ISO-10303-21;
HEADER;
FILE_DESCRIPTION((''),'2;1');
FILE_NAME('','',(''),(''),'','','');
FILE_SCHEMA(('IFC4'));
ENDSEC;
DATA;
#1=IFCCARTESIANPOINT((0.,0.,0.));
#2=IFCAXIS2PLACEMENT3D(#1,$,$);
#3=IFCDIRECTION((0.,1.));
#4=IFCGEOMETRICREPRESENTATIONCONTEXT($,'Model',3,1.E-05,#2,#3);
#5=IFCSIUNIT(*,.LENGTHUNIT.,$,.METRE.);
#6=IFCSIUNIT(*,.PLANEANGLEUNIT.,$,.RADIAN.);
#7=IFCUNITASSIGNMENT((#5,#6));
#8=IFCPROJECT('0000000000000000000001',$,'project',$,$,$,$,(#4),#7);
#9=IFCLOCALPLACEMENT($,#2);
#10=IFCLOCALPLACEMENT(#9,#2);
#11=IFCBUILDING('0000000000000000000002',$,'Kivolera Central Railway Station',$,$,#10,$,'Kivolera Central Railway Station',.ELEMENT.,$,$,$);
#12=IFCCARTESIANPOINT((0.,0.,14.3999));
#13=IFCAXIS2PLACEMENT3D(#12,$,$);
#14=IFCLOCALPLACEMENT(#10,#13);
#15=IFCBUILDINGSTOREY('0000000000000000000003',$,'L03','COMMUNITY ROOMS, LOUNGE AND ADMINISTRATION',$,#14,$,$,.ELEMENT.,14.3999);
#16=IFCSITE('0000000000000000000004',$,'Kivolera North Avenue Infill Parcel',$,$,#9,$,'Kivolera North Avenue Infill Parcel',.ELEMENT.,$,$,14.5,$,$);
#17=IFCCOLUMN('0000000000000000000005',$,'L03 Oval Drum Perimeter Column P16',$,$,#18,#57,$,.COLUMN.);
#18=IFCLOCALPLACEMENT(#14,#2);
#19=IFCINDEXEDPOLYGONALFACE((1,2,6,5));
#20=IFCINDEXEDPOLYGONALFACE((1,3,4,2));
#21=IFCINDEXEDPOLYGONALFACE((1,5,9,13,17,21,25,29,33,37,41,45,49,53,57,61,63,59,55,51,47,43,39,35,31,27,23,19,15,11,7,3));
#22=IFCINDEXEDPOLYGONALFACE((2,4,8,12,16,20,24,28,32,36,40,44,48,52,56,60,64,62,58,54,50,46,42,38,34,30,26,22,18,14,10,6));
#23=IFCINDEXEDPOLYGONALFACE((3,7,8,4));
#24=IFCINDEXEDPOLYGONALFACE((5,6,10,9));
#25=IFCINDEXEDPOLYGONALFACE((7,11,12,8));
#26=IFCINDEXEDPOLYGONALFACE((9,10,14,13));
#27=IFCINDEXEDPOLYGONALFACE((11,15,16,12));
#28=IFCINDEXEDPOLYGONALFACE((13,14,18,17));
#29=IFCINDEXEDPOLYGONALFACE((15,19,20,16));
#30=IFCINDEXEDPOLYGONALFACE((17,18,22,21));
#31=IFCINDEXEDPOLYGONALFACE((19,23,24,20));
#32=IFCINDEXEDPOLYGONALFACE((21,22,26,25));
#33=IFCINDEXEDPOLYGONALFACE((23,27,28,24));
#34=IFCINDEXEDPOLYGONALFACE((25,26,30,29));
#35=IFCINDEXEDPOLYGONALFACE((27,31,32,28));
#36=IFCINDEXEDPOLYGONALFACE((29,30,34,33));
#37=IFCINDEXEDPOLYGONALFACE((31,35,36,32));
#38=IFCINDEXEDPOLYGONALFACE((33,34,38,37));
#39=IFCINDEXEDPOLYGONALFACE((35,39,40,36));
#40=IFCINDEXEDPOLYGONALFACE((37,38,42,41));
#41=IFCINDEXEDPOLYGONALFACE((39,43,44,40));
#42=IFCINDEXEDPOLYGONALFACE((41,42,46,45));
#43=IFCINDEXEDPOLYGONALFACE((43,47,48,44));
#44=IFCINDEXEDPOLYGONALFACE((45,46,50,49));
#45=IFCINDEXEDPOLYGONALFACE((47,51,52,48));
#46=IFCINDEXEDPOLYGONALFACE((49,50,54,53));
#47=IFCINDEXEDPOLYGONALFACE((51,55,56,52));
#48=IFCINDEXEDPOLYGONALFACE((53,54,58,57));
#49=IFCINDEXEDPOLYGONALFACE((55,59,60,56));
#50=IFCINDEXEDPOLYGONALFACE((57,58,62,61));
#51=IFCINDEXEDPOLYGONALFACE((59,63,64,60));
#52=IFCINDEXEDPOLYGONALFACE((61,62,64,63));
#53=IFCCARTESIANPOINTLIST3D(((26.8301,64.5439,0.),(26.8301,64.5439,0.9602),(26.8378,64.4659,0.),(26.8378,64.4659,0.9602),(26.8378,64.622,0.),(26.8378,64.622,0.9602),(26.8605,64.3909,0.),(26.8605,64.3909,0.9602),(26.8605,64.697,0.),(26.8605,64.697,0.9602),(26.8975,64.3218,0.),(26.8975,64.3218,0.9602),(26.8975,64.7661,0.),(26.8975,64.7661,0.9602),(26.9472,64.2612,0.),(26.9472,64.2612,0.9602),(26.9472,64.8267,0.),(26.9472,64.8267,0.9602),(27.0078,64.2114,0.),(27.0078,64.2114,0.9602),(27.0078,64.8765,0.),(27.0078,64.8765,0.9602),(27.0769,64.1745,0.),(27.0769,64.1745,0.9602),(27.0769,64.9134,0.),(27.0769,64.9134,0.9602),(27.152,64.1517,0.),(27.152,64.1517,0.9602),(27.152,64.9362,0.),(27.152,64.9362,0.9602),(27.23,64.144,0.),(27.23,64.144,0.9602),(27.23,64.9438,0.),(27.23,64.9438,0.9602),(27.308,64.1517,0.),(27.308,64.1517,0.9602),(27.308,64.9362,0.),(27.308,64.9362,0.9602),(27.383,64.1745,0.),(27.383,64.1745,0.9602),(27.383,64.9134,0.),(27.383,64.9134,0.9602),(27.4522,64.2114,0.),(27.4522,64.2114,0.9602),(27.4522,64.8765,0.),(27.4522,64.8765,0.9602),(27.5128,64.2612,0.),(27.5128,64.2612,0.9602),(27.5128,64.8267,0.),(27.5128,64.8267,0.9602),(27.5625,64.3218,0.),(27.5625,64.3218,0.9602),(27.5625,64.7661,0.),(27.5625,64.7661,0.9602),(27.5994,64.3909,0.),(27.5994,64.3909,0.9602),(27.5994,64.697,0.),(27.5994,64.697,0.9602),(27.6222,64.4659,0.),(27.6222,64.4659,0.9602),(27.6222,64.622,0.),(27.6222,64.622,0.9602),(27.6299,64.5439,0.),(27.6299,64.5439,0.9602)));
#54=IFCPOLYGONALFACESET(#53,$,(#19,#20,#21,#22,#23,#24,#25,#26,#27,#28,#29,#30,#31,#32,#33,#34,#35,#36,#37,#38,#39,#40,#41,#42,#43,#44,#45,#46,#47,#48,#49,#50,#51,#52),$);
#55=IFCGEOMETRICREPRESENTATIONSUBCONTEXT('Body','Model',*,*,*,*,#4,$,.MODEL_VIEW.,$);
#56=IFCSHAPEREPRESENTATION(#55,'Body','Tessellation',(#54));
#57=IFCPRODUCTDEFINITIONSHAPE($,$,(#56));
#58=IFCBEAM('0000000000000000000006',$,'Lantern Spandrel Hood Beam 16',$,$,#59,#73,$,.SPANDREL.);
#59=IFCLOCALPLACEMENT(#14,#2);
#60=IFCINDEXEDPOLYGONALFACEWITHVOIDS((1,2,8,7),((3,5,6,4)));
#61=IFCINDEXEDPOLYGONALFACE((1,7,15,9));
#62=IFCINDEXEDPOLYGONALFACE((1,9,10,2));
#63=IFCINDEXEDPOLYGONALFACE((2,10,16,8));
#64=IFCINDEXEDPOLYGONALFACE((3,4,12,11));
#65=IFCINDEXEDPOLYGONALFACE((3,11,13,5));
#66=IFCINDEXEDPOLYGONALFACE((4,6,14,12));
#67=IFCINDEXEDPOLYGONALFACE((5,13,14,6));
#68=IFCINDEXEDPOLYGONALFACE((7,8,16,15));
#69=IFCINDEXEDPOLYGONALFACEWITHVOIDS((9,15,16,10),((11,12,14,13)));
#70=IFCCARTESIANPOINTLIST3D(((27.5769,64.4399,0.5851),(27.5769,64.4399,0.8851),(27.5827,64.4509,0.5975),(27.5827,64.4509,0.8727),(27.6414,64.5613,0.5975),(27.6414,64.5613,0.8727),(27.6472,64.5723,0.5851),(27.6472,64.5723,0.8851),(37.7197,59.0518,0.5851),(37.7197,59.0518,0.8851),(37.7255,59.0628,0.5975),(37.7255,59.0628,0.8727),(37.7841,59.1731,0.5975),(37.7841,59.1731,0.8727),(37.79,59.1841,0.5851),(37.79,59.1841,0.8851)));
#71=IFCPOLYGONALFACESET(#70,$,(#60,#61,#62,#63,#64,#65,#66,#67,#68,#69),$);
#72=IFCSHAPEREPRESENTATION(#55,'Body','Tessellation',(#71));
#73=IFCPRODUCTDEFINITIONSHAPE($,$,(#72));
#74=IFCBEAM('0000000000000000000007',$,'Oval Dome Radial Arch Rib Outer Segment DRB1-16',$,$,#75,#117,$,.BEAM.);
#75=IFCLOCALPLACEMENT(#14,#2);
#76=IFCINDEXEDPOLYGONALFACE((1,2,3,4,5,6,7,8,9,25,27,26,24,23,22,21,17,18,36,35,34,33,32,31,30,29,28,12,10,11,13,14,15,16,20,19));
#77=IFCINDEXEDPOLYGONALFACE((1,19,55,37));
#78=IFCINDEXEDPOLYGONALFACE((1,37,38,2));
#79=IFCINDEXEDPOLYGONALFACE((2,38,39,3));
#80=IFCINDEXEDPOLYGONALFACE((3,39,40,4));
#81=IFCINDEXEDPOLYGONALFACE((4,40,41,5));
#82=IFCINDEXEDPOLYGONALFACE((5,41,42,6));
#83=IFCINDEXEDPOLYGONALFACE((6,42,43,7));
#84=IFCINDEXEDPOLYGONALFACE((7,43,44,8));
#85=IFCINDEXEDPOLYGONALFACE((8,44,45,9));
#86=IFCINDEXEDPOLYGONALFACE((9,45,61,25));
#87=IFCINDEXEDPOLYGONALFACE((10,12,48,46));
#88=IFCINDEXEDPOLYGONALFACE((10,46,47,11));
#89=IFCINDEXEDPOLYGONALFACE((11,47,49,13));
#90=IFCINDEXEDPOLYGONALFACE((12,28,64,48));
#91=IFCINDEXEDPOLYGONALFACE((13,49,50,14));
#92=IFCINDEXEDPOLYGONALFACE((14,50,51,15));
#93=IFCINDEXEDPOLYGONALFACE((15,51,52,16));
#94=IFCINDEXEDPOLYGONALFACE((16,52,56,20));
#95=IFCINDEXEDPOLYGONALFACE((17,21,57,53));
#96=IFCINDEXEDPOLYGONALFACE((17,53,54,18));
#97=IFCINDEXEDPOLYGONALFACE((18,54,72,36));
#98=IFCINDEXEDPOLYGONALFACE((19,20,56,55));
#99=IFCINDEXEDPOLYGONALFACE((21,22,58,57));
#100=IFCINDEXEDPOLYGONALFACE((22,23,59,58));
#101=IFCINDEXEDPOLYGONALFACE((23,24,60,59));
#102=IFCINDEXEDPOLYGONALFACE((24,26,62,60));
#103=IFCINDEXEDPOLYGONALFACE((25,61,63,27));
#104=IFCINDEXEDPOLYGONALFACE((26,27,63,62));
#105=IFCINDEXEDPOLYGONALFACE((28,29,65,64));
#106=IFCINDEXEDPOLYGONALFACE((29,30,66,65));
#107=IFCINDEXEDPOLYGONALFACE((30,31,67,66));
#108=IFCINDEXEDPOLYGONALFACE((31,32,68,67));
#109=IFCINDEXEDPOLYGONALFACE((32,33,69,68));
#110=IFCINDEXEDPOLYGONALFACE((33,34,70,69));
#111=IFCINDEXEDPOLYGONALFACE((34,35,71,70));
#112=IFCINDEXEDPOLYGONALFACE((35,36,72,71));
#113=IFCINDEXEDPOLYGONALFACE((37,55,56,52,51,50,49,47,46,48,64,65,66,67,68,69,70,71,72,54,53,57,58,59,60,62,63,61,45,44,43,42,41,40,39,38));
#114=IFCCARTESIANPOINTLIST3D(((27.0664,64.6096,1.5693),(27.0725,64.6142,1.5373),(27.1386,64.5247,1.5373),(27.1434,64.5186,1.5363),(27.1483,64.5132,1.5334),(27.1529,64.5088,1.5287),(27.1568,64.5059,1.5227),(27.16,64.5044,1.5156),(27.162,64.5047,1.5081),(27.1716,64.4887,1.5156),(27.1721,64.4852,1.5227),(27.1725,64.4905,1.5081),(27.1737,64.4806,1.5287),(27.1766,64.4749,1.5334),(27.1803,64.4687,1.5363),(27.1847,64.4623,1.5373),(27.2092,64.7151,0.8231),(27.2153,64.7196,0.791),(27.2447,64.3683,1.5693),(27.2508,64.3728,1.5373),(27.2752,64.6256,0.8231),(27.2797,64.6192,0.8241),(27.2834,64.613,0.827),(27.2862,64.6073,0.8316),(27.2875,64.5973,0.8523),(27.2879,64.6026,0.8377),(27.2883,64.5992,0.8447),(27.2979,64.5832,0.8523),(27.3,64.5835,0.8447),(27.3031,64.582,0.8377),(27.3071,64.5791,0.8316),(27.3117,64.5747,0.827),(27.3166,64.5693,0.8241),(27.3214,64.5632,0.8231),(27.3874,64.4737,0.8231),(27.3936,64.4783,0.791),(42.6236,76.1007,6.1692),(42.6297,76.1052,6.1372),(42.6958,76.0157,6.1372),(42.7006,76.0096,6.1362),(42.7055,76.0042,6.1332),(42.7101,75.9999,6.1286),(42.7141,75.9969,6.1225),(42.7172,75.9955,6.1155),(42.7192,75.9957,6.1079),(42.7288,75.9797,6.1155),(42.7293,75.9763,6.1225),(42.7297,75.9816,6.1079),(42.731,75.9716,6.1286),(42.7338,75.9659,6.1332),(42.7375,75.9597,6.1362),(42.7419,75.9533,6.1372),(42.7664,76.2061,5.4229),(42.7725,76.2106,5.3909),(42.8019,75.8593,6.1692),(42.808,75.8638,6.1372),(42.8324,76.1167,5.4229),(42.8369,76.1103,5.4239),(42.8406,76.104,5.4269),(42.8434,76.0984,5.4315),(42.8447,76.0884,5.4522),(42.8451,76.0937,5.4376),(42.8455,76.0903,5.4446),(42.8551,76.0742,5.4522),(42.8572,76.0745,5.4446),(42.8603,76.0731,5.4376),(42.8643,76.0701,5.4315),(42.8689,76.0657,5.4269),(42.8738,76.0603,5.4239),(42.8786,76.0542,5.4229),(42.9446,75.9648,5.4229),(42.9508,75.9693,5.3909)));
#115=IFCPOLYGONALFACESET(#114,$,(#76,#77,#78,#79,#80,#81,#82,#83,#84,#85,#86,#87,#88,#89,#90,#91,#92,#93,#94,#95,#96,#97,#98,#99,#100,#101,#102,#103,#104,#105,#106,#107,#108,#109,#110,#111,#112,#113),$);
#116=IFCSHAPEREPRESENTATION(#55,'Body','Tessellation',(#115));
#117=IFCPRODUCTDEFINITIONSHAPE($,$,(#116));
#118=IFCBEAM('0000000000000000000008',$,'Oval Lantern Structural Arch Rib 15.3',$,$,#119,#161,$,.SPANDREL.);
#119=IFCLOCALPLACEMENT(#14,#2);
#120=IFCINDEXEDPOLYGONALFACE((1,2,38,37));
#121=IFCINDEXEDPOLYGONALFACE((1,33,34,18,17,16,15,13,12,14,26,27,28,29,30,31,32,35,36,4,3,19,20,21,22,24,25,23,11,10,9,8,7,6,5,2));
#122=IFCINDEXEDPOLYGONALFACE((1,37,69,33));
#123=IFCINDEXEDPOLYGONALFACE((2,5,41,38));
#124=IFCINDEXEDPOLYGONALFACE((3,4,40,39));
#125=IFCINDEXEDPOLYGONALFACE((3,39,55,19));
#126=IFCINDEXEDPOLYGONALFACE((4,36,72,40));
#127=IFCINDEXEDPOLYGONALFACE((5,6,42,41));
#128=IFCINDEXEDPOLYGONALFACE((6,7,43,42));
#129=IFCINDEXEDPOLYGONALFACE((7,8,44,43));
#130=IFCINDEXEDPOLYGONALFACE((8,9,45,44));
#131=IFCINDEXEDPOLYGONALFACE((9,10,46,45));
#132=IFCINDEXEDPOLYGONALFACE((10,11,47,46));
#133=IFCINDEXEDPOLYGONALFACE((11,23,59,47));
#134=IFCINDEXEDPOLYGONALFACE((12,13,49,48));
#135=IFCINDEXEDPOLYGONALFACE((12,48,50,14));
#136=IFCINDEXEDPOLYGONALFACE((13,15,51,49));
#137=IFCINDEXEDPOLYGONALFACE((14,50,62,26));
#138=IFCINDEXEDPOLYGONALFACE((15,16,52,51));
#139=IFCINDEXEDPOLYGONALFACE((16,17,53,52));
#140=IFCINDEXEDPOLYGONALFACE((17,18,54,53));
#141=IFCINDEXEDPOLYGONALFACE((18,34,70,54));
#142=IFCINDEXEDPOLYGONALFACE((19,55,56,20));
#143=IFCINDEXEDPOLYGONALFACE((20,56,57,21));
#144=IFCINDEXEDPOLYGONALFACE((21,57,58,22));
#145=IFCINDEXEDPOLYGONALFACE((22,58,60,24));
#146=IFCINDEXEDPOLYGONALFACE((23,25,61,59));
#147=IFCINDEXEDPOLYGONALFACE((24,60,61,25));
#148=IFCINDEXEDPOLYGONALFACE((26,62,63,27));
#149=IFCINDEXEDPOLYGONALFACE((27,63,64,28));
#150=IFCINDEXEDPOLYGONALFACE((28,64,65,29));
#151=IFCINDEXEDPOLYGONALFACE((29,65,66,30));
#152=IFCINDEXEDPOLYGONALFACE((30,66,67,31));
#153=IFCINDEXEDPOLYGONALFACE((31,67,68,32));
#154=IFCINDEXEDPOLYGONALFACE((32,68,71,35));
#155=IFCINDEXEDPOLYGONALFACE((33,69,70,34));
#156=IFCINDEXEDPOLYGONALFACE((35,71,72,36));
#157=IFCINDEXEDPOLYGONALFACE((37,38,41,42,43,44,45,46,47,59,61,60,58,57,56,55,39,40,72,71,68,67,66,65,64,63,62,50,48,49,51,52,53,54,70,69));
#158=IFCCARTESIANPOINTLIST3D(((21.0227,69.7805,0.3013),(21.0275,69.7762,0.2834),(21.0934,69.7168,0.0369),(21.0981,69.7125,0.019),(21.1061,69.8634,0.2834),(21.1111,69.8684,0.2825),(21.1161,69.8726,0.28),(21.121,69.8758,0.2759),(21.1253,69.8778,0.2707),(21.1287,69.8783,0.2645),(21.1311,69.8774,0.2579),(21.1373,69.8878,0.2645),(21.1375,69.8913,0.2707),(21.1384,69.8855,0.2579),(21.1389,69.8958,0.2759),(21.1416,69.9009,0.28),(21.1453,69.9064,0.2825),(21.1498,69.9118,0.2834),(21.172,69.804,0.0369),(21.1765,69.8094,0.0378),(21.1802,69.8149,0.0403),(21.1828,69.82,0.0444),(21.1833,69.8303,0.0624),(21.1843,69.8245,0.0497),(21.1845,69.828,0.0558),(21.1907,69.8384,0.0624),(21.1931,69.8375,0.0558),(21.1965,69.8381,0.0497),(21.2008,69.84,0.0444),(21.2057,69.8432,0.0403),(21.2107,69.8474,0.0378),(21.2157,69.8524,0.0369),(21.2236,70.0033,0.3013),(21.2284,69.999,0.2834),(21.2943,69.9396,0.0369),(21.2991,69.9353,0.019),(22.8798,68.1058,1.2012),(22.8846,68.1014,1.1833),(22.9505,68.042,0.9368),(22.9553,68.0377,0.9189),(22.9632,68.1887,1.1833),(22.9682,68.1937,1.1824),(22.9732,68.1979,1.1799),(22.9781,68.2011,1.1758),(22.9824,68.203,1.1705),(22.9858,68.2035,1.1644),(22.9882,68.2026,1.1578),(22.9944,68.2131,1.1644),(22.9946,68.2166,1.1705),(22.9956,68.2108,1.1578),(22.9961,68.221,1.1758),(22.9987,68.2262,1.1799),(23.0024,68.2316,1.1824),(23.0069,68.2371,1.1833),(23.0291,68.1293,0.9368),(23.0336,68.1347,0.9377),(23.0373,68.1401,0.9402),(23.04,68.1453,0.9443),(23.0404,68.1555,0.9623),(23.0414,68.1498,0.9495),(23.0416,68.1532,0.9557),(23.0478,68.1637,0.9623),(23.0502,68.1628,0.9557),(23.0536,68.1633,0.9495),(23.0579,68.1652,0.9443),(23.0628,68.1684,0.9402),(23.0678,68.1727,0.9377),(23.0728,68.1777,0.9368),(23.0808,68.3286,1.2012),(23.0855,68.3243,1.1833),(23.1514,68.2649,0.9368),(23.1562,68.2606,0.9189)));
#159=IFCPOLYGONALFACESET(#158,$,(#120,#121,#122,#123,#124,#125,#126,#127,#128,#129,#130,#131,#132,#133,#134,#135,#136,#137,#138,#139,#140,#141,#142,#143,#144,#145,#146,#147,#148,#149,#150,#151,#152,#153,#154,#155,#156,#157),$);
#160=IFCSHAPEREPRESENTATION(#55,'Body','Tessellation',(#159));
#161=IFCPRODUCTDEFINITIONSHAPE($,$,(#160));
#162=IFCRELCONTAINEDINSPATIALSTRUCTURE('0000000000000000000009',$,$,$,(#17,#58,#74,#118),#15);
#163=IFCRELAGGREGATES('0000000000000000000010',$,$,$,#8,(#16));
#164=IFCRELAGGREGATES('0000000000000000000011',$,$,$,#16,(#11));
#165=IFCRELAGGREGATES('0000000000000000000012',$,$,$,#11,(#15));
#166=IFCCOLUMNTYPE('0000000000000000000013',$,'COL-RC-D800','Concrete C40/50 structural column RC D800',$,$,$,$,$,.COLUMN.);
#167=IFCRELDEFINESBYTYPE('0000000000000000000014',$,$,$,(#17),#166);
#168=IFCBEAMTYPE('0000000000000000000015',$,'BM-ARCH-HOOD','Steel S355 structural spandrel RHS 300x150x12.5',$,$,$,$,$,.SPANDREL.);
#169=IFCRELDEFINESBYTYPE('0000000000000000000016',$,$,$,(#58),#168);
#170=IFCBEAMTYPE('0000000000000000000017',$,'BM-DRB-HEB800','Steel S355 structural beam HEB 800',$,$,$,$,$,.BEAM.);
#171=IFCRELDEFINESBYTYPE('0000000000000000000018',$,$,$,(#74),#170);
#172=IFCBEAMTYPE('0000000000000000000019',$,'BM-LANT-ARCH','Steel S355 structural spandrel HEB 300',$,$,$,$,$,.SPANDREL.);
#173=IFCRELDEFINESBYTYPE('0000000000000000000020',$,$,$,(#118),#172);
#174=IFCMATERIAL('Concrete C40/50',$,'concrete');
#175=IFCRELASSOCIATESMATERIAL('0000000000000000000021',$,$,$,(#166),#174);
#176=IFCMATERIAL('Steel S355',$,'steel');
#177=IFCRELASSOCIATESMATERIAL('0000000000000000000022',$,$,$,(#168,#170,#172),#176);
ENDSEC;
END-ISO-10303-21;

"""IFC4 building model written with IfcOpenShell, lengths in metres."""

from ifc_helpers import new_model, si_unit, direction, frame, origin, origin_2d, place, context, subcontext, project, spatial, hollow_rectangle, circle, i_section, extrude, material, material_profile, profile_set, type_object, element, save


model = new_model("IFC4")

# Units and contexts
model_context = context("Model", 3, precision=1e-05, world=origin(), true_north=direction((0.0, 1.0)))
body_context = subcontext(model_context, "Body", "Model", "MODEL_VIEW")
ifc_project = project(units=[si_unit("LENGTHUNIT", "METRE"), si_unit("PLANEANGLEUNIT", "RADIAN")], contexts=[model_context])

# Site, building, storey
site_placement = place(None, origin())
site = spatial("IfcSite", under=ifc_project, at=site_placement, Name="Kivolera North Avenue Infill Parcel", LongName="Kivolera North Avenue Infill Parcel", CompositionType="ELEMENT", RefElevation=14.5)
building_placement = place(site_placement, origin())
building = spatial("IfcBuilding", under=site, at=building_placement, Name="Kivolera Central Railway Station", LongName="Kivolera Central Railway Station", CompositionType="ELEMENT")
storey_placement = place(building_placement, frame((0.0, 0.0, 14.3999)))
storey = spatial("IfcBuildingStorey", under=building, at=storey_placement, Name="L03", Description="COMMUNITY ROOMS, LOUNGE AND ADMINISTRATION", CompositionType="ELEMENT", Elevation=14.3999)

# Column
ifc_material_1 = material(Name="Concrete C40/50", Category="concrete")
ifc_material_profile_1 = material_profile(ifc_material_1, circle(Radius=0.3999, at=origin_2d()), Name="RC D800")
ifc_profile_set_1 = profile_set([ifc_material_profile_1], Name="Concrete C40/50")
column_type = type_object("IfcColumnType", Name="COL-RC-D800", Description="Concrete C40/50 structural column RC D800", PredefinedType="COLUMN", material=ifc_profile_set_1)
column_placement = place(storey_placement, frame((27.23, 64.5439, 0.0), z_axis=(0.0, 0.0, 1.0), x_axis=(1.0, 0.0, 0.0)))
element("IfcColumn", 1, at=column_placement, inside=storey, type_object=column_type, Name="L03 Oval Drum Perimeter Column P16", PredefinedType="COLUMN", context=body_context, shape_type="SweptSolid", body=[
    extrude(circle(Radius=0.3999, at=origin_2d()), origin(), (0.0, 0.0, 1.0), 0.9602),
])

# Beams
ifc_material_2 = material(Name="Steel S355", Category="steel")
ifc_material_profile_2 = material_profile(ifc_material_2, hollow_rectangle(XDim=0.1499, YDim=0.3, WallThickness=0.0125, at=origin_2d()), Name="RHS 300x150x12.5")
ifc_profile_set_2 = profile_set([ifc_material_profile_2], Name="Steel S355")
beam_type_1 = type_object("IfcBeamType", Name="BM-ARCH-HOOD", Description="Steel S355 structural spandrel RHS 300x150x12.5", PredefinedType="SPANDREL", material=ifc_profile_set_2)
beam_1_placement = place(storey_placement, frame((27.6121, 64.5061, 0.7351), z_axis=(0.883123, -0.469142, 0.0), x_axis=(0.469142, 0.883123, 0.0)))
element("IfcBeam", 2, at=beam_1_placement, inside=storey, type_object=beam_type_1, Name="Lantern Spandrel Hood Beam 16", PredefinedType="SPANDREL", context=body_context, shape_type="SweptSolid", body=[
    extrude(hollow_rectangle(XDim=0.1499, YDim=0.3, WallThickness=0.0125, at=origin_2d()), origin(), (0.0, 0.0, 1.0), 11.4851),
])
ifc_material_profile_3 = material_profile(ifc_material_2, i_section(OverallWidth=0.3, OverallDepth=0.8, WebThickness=0.0176, FlangeThickness=0.033, FilletRadius=0.03, at=origin_2d()), Name="HEB 800")
ifc_profile_set_3 = profile_set([ifc_material_profile_3], Name="Steel S355")
beam_type_2 = type_object("IfcBeamType", Name="BM-DRB-HEB800", Description="Steel S355 structural beam HEB 800", PredefinedType="BEAM", material=ifc_profile_set_3)
beam_2_placement = place(storey_placement, frame((27.23, 64.5439, 1.1802), z_axis=(0.782541, 0.578009, 0.231378), x_axis=(-0.594131, 0.804368, 0.0)))
element("IfcBeam", 3, at=beam_2_placement, inside=storey, type_object=beam_type_2, Name="Oval Dome Radial Arch Rib Outer Segment DRB1-16", PredefinedType="BEAM", context=body_context, shape_type="SweptSolid", body=[
    extrude(i_section(OverallWidth=0.3, OverallDepth=0.8, WebThickness=0.0176, FlangeThickness=0.033, FilletRadius=0.03, at=origin_2d()), origin(), (0.0, 0.0, 1.0), 19.8804),
])
ifc_material_profile_4 = material_profile(ifc_material_2, i_section(OverallWidth=0.3, OverallDepth=0.3, WebThickness=0.011, FlangeThickness=0.019, FilletRadius=0.0271, at=origin_2d()), Name="HEB 300")
ifc_profile_set_4 = profile_set([ifc_material_profile_4], Name="Steel S355")
beam_type_3 = type_object("IfcBeamType", Name="BM-LANT-ARCH", Description="Steel S355 structural spandrel HEB 300", PredefinedType="SPANDREL", material=ifc_profile_set_4)
for number, where, z_axis, x_axis, name in (
    (4, (21.1609, 69.8579, 0.1602), (0.698765, -0.630147, 0.338589), (0.669703, 0.742629, 0.0), "Oval Lantern Structural Arch Rib 15.3"),
):
    element("IfcBeam", number, at=place(storey_placement, frame(where, z_axis=z_axis, x_axis=x_axis)), inside=storey, type_object=beam_type_3, Name=name, PredefinedType="SPANDREL", context=body_context, shape_type="SweptSolid", body=[
        extrude(i_section(OverallWidth=0.3, OverallDepth=0.3, WebThickness=0.011, FlangeThickness=0.019, FilletRadius=0.0271, at=origin_2d()), origin(), (0.0, 0.0, 1.0), 2.6577),
    ])

save(model, "model.ifc")
